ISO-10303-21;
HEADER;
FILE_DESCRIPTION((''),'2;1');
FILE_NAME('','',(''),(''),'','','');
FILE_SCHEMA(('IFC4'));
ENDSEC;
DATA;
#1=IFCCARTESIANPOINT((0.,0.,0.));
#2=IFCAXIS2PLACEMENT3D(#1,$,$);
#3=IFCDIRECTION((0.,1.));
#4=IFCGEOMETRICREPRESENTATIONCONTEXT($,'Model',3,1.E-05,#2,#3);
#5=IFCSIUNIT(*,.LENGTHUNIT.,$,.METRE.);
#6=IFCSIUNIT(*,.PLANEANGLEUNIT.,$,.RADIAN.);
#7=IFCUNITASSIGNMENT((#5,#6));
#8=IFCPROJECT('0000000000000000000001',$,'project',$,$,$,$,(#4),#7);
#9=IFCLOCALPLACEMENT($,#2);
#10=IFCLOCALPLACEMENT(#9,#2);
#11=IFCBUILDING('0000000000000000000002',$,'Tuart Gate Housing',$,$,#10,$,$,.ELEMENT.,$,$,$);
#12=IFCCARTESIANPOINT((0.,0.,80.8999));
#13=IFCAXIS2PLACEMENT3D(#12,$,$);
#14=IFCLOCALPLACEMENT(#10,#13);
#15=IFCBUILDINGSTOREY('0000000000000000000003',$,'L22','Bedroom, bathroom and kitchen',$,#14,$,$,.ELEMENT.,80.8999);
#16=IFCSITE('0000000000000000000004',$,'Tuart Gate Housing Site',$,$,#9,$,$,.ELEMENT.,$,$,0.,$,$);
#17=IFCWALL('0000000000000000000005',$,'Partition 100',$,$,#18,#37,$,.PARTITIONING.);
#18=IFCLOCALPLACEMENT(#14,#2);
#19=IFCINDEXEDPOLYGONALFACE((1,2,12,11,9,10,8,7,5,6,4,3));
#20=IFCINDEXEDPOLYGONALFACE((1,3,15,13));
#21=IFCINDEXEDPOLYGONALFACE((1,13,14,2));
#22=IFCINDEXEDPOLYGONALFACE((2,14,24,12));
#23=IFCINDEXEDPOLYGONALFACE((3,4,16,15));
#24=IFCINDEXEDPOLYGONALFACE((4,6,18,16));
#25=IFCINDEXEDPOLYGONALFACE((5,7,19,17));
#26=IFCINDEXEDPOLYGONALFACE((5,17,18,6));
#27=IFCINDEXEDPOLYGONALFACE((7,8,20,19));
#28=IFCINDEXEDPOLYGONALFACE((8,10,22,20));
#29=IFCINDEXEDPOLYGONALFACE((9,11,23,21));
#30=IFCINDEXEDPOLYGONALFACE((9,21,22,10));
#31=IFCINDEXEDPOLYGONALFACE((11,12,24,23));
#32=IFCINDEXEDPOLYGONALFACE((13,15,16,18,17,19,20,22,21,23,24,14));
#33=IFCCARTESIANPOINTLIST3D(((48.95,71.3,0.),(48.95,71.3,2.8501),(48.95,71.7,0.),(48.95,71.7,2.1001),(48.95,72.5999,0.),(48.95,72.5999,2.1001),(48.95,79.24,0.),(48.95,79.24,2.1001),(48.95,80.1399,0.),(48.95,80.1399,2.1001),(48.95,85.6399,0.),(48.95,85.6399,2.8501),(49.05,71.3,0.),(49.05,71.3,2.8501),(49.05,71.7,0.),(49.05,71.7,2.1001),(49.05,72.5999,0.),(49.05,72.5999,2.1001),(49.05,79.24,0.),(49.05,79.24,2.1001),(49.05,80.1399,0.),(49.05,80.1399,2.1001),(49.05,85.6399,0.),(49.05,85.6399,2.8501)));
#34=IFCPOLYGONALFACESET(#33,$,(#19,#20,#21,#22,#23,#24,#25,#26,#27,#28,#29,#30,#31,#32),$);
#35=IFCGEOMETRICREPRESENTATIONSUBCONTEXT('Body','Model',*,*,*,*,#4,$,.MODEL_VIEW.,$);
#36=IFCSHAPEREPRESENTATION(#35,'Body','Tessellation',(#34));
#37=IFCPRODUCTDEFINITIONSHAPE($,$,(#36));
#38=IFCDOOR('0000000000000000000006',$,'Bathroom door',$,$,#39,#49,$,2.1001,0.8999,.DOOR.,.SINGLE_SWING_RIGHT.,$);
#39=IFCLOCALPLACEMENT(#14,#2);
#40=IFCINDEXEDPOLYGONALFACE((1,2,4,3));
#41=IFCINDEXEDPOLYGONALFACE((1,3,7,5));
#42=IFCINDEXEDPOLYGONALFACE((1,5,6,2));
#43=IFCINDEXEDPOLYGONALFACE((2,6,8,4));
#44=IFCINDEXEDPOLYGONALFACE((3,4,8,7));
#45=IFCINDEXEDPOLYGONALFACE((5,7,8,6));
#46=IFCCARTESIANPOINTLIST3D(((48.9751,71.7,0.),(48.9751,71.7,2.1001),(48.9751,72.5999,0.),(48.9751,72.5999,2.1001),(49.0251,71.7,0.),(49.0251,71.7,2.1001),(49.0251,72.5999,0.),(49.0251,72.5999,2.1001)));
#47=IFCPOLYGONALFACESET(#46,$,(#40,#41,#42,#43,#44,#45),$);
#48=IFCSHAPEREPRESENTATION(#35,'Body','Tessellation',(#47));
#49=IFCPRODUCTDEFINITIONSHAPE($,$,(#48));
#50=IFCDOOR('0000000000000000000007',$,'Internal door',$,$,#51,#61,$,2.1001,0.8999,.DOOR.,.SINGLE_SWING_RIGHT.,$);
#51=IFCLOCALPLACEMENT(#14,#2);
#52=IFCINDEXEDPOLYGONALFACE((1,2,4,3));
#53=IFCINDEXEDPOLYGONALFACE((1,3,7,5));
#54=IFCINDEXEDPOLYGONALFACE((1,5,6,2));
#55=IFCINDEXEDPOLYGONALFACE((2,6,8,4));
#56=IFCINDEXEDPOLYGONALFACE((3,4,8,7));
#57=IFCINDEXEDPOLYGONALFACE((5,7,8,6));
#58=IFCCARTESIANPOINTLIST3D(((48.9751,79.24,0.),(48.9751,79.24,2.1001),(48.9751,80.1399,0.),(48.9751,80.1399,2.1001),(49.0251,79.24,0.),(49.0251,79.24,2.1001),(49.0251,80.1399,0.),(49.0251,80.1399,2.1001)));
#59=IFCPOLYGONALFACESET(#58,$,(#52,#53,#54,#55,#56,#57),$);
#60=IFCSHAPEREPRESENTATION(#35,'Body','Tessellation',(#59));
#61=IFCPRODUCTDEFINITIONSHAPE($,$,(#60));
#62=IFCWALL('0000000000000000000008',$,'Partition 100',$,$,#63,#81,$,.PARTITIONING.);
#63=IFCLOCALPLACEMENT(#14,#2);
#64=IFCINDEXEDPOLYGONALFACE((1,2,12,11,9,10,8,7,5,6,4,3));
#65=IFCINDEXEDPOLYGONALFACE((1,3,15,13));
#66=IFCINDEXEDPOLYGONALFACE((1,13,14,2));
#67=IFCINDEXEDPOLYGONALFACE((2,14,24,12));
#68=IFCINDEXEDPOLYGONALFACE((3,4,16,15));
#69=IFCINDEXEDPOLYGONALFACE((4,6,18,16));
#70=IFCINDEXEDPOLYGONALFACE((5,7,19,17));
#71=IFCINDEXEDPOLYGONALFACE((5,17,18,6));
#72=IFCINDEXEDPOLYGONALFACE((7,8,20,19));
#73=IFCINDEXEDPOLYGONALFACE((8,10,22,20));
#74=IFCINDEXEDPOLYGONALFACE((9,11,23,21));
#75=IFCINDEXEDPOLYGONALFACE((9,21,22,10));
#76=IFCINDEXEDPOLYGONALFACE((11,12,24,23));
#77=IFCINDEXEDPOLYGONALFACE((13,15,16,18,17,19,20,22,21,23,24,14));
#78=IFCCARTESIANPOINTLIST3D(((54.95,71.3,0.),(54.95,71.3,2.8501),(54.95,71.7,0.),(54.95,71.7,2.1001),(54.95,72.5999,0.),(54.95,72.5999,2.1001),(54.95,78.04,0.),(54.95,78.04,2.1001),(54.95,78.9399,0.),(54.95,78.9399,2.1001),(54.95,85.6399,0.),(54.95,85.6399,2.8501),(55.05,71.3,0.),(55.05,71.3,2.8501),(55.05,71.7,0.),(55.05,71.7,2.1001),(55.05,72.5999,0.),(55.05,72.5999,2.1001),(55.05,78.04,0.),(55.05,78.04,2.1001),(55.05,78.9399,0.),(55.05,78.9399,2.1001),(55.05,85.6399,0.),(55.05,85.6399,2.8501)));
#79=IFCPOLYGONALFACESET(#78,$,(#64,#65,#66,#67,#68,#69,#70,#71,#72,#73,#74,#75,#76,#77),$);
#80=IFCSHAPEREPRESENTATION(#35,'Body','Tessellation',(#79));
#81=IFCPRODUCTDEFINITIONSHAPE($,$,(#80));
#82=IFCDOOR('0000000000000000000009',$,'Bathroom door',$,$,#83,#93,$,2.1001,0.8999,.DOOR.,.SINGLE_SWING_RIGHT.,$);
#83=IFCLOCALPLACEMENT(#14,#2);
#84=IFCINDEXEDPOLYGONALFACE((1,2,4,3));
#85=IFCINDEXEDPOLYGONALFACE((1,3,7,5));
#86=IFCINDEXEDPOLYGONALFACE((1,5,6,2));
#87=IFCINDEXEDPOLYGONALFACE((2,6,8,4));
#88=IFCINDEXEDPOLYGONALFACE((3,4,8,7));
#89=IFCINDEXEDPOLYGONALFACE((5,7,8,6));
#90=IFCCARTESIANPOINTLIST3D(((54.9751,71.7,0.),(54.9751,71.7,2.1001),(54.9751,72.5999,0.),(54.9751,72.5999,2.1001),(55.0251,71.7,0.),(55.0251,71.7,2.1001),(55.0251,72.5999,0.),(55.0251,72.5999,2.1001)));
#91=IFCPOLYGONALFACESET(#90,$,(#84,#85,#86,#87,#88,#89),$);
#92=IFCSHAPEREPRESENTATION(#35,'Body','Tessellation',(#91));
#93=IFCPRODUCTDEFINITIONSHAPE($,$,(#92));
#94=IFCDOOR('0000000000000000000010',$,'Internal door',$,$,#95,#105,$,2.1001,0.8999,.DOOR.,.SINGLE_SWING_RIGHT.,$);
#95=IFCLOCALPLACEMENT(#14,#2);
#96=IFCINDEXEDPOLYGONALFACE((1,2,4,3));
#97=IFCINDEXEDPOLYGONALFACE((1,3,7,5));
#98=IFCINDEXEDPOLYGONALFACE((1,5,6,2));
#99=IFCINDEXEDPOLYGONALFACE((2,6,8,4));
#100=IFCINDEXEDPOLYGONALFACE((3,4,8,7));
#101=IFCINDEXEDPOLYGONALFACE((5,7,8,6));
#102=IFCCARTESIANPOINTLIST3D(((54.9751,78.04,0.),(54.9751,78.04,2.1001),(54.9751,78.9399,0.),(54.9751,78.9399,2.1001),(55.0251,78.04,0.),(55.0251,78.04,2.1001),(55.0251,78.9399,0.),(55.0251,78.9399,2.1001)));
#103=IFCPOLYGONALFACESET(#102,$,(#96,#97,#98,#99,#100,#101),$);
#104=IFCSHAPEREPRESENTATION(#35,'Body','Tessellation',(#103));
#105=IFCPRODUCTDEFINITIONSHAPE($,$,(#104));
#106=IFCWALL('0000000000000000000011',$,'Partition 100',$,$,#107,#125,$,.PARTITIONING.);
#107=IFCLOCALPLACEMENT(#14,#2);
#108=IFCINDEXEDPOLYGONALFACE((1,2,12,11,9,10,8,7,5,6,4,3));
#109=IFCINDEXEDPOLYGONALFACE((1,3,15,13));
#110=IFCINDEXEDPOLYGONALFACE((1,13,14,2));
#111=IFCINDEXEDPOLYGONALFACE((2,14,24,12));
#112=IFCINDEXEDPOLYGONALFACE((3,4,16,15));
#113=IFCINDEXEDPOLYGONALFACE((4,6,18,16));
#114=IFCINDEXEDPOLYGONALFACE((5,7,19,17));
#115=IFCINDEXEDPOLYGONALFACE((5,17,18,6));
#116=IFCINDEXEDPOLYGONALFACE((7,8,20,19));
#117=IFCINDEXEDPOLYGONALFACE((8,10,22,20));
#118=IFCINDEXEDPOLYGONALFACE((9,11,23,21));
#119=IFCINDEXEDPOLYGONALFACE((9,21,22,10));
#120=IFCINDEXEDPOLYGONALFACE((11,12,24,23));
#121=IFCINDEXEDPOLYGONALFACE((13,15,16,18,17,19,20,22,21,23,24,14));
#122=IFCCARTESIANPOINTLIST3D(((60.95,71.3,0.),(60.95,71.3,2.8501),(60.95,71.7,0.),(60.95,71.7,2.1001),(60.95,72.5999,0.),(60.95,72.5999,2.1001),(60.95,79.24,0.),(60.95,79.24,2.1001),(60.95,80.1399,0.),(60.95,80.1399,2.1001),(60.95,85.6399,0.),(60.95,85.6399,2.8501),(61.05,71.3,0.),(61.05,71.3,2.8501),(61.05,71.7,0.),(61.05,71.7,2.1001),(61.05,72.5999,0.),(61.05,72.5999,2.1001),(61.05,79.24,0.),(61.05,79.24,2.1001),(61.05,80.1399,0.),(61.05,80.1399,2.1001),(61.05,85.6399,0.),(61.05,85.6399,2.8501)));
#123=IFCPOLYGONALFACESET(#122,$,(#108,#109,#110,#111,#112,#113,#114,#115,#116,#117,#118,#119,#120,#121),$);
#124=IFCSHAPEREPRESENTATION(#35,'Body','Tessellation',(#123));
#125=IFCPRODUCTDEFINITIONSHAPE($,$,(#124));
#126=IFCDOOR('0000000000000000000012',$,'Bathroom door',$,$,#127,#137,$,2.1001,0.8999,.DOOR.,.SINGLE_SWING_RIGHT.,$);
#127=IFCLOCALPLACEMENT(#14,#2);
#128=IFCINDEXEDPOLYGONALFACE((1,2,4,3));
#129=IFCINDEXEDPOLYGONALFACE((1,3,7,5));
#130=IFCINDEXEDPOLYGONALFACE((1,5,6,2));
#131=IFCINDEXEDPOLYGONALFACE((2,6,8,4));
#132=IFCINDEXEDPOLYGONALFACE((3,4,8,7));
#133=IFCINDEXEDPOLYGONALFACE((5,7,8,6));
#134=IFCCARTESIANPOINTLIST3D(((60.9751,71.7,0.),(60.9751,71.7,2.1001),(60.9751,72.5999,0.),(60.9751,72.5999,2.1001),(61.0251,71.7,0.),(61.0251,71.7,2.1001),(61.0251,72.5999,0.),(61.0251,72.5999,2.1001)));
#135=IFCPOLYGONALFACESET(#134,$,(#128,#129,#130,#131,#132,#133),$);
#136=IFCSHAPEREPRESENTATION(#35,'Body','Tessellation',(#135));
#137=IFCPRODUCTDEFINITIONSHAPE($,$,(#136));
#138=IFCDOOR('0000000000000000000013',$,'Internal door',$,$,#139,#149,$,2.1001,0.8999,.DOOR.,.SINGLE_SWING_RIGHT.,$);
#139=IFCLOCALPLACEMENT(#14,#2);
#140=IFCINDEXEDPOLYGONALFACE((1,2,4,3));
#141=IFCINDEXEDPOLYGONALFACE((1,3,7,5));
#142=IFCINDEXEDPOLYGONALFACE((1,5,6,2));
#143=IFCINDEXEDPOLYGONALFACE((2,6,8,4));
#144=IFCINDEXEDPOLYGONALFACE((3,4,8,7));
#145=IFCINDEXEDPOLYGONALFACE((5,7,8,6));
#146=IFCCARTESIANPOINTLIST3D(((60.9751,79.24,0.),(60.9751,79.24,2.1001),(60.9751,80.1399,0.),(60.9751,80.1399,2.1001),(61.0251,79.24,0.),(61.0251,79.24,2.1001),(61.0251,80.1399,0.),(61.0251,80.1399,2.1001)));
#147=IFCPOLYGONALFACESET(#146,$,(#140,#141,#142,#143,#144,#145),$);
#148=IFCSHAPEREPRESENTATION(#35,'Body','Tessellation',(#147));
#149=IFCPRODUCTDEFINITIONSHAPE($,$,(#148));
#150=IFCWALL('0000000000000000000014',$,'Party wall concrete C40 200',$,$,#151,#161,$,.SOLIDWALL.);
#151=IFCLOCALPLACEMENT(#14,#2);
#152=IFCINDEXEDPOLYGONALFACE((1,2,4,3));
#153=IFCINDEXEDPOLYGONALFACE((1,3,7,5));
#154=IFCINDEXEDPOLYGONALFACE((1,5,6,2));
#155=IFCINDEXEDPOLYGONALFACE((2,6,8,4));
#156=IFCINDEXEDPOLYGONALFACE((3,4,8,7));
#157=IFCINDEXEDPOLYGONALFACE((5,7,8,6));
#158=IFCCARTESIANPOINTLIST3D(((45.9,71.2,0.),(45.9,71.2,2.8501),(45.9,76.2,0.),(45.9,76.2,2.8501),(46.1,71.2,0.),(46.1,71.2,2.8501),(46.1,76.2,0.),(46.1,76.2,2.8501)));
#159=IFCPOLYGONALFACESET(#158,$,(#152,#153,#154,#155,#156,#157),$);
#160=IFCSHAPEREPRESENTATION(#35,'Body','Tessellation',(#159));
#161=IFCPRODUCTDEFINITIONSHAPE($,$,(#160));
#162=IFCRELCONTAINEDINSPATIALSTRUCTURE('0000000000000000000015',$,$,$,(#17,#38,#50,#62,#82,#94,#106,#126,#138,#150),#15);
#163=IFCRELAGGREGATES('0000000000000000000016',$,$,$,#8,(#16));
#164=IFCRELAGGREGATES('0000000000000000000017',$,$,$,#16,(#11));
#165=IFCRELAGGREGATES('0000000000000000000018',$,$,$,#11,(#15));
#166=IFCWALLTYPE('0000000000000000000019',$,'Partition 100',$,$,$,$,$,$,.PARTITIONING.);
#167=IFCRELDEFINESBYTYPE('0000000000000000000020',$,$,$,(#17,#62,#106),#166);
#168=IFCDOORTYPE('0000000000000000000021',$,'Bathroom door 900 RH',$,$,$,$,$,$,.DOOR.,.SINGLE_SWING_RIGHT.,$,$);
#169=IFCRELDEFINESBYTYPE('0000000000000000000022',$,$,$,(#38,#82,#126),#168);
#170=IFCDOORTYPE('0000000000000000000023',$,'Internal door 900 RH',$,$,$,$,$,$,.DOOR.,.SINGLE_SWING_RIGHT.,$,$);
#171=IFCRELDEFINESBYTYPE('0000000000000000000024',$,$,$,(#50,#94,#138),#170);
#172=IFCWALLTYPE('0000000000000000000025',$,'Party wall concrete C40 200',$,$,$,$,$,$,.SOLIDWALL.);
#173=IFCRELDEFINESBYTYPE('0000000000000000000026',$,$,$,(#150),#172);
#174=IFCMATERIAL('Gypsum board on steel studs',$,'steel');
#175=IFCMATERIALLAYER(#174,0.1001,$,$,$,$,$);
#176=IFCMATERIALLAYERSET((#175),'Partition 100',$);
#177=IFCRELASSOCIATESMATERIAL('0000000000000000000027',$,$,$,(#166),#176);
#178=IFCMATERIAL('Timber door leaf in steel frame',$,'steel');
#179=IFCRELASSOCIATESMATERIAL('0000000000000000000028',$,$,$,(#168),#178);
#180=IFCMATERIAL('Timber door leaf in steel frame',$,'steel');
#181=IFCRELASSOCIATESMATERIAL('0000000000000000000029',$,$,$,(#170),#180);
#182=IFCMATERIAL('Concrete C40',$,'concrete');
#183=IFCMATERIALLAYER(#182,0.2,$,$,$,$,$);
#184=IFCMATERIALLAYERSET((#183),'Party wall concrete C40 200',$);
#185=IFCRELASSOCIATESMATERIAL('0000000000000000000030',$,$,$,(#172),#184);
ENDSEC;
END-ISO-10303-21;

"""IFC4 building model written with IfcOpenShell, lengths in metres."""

from ifc_helpers import new_model, si_unit, direction, frame, frame_2d, origin, place, context, subcontext, project, spatial, rectangle, extrude, material, layer, layer_set, type_object, element, fill, save


model = new_model("IFC4")

# Units and contexts
model_context = context("Model", 3, precision=1e-05, world=origin(), true_north=direction((0.0, 1.0)))
body_context = subcontext(model_context, "Body", "Model", "MODEL_VIEW")
ifc_project = project(units=[si_unit("LENGTHUNIT", "METRE"), si_unit("PLANEANGLEUNIT", "RADIAN")], contexts=[model_context])

# Site, building, storey
site_placement = place(None, origin())
site = spatial("IfcSite", under=ifc_project, at=site_placement, Name="Tuart Gate Housing Site", CompositionType="ELEMENT", RefElevation=0.0)
building_placement = place(site_placement, origin())
building = spatial("IfcBuilding", under=site, at=building_placement, Name="Tuart Gate Housing", CompositionType="ELEMENT")
storey_placement = place(building_placement, frame((0.0, 0.0, 80.8999)))
storey = spatial("IfcBuildingStorey", under=building, at=storey_placement, Name="L22", Description="Bedroom, bathroom and kitchen", CompositionType="ELEMENT", Elevation=80.8999)

# Shared definitions
ifc_material_1 = material(Name="Gypsum board on steel studs", Category="steel")
ifc_layer_1 = layer(ifc_material_1, 0.1001)
ifc_layer_set_1 = layer_set([ifc_layer_1], Name="Partition 100")
wall_type_1 = type_object("IfcWallType", Name="Partition 100", PredefinedType="PARTITIONING", material=ifc_layer_set_1)

# Walls, openings, doors
wall_1_placement = place(storey_placement, frame((49.0, 71.3, 0.0), z_axis=(0.0, 0.0, 1.0), x_axis=(0.0, 1.0, 0.0)))
wall_1 = element("IfcWall", 1, at=wall_1_placement, inside=storey, type_object=wall_type_1, Name="Partition 100", PredefinedType="PARTITIONING", context=body_context, shape_type="SweptSolid", body=[
    extrude(rectangle(XDim=14.3398, YDim=0.1001, at=frame_2d((7.1699, 0.0))), origin(), (0.0, 0.0, 1.0), 2.8501),
])
opening_1_placement = place(wall_1_placement, frame((7.9399, 0.0, 0.0)))
opening_1 = element("IfcOpeningElement", 2, at=opening_1_placement, cuts=wall_1, PredefinedType="OPENING", context=body_context, shape_type="SweptSolid", body=[
    extrude(rectangle(XDim=0.8999, YDim=2.1001, at=frame_2d((0.45, 1.05))), frame((0.0, 0.0601, 0.0), z_axis=(0.0, -1.0, 0.0), x_axis=(1.0, 0.0, 0.0)), (0.0, 0.0, 1.0), 0.1201),
])
opening_2_placement = place(wall_1_placement, frame((0.3999, 0.0, 0.0)))
opening_2 = element("IfcOpeningElement", 3, at=opening_2_placement, cuts=wall_1, PredefinedType="OPENING", context=body_context, shape_type="SweptSolid", body=[
    extrude(rectangle(XDim=0.8999, YDim=2.1001, at=frame_2d((0.45, 1.05))), frame((0.0, 0.0601, 0.0), z_axis=(0.0, -1.0, 0.0), x_axis=(1.0, 0.0, 0.0)), (0.0, 0.0, 1.0), 0.1201),
])
ifc_material_2 = material(Name="Timber door leaf in steel frame", Category="steel")
door_type_1 = type_object("IfcDoorType", Name="Bathroom door 900 RH", OperationType="SINGLE_SWING_RIGHT", PredefinedType="DOOR", material=ifc_material_2)
door_1_placement = place(opening_2_placement, frame((0.8999, 0.0, 0.0), z_axis=(0.0, 0.0, 1.0), x_axis=(-1.0, 0.0, 0.0)))
door_1 = element("IfcDoor", 4, at=door_1_placement, inside=storey, type_object=door_type_1, Name="Bathroom door", OperationType="SINGLE_SWING_RIGHT", OverallHeight=2.1001, OverallWidth=0.8999, PredefinedType="DOOR", context=body_context, shape_type="SweptSolid", body=[
    extrude(rectangle(XDim=0.8999, YDim=2.1001, at=frame_2d((0.45, 1.05))), frame((0.0, 0.0251, 0.0), z_axis=(0.0, -1.0, 0.0), x_axis=(1.0, 0.0, 0.0)), (0.0, 0.0, 1.0), 0.05),
])
fill(opening_2, door_1)
ifc_material_3 = material(Name="Timber door leaf in steel frame", Category="steel")
door_type_2 = type_object("IfcDoorType", Name="Internal door 900 RH", OperationType="SINGLE_SWING_RIGHT", PredefinedType="DOOR", material=ifc_material_3)
door_2_placement = place(opening_1_placement, frame((0.8999, 0.0, 0.0), z_axis=(0.0, 0.0, 1.0), x_axis=(-1.0, 0.0, 0.0)))
door_2 = element("IfcDoor", 5, at=door_2_placement, inside=storey, type_object=door_type_2, Name="Internal door", OperationType="SINGLE_SWING_RIGHT", OverallHeight=2.1001, OverallWidth=0.8999, PredefinedType="DOOR", context=body_context, shape_type="SweptSolid", body=[
    extrude(rectangle(XDim=0.8999, YDim=2.1001, at=frame_2d((0.45, 1.05))), frame((0.0, 0.0251, 0.0), z_axis=(0.0, -1.0, 0.0), x_axis=(1.0, 0.0, 0.0)), (0.0, 0.0, 1.0), 0.05),
])
fill(opening_1, door_2)
wall_2_placement = place(storey_placement, frame((55.0, 71.3, 0.0), z_axis=(0.0, 0.0, 1.0), x_axis=(0.0, 1.0, 0.0)))
wall_2 = element("IfcWall", 6, at=wall_2_placement, inside=storey, type_object=wall_type_1, Name="Partition 100", PredefinedType="PARTITIONING", context=body_context, shape_type="SweptSolid", body=[
    extrude(rectangle(XDim=14.3398, YDim=0.1001, at=frame_2d((7.1699, 0.0))), origin(), (0.0, 0.0, 1.0), 2.8501),
])
opening_3_placement = place(wall_2_placement, frame((6.74, 0.0, 0.0)))
opening_3 = element("IfcOpeningElement", 7, at=opening_3_placement, cuts=wall_2, PredefinedType="OPENING", context=body_context, shape_type="SweptSolid", body=[
    extrude(rectangle(XDim=0.8999, YDim=2.1001, at=frame_2d((0.45, 1.05))), frame((0.0, 0.0601, 0.0), z_axis=(0.0, -1.0, 0.0), x_axis=(1.0, 0.0, 0.0)), (0.0, 0.0, 1.0), 0.1201),
])
opening_4_placement = place(wall_2_placement, frame((0.3999, 0.0, 0.0)))
opening_4 = element("IfcOpeningElement", 8, at=opening_4_placement, cuts=wall_2, PredefinedType="OPENING", context=body_context, shape_type="SweptSolid", body=[
    extrude(rectangle(XDim=0.8999, YDim=2.1001, at=frame_2d((0.45, 1.05))), frame((0.0, 0.0601, 0.0), z_axis=(0.0, -1.0, 0.0), x_axis=(1.0, 0.0, 0.0)), (0.0, 0.0, 1.0), 0.1201),
])
door_3_placement = place(opening_4_placement, frame((0.8999, 0.0, 0.0), z_axis=(0.0, 0.0, 1.0), x_axis=(-1.0, 0.0, 0.0)))
door_3 = element("IfcDoor", 9, at=door_3_placement, inside=storey, type_object=door_type_1, Name="Bathroom door", OperationType="SINGLE_SWING_RIGHT", OverallHeight=2.1001, OverallWidth=0.8999, PredefinedType="DOOR", context=body_context, shape_type="SweptSolid", body=[
    extrude(rectangle(XDim=0.8999, YDim=2.1001, at=frame_2d((0.45, 1.05))), frame((0.0, 0.0251, 0.0), z_axis=(0.0, -1.0, 0.0), x_axis=(1.0, 0.0, 0.0)), (0.0, 0.0, 1.0), 0.05),
])
fill(opening_4, door_3)
door_4_placement = place(opening_3_placement, frame((0.8999, 0.0, 0.0), z_axis=(0.0, 0.0, 1.0), x_axis=(-1.0, 0.0, 0.0)))
door_4 = element("IfcDoor", 10, at=door_4_placement, inside=storey, type_object=door_type_2, Name="Internal door", OperationType="SINGLE_SWING_RIGHT", OverallHeight=2.1001, OverallWidth=0.8999, PredefinedType="DOOR", context=body_context, shape_type="SweptSolid", body=[
    extrude(rectangle(XDim=0.8999, YDim=2.1001, at=frame_2d((0.45, 1.05))), frame((0.0, 0.0251, 0.0), z_axis=(0.0, -1.0, 0.0), x_axis=(1.0, 0.0, 0.0)), (0.0, 0.0, 1.0), 0.05),
])
fill(opening_3, door_4)
wall_3_placement = place(storey_placement, frame((61.0, 71.3, 0.0), z_axis=(0.0, 0.0, 1.0), x_axis=(0.0, 1.0, 0.0)))
wall_3 = element("IfcWall", 11, at=wall_3_placement, inside=storey, type_object=wall_type_1, Name="Partition 100", PredefinedType="PARTITIONING", context=body_context, shape_type="SweptSolid", body=[
    extrude(rectangle(XDim=14.3398, YDim=0.1001, at=frame_2d((7.1699, 0.0))), origin(), (0.0, 0.0, 1.0), 2.8501),
])
opening_5_placement = place(wall_3_placement, frame((7.9399, 0.0, 0.0)))
opening_5 = element("IfcOpeningElement", 12, at=opening_5_placement, cuts=wall_3, PredefinedType="OPENING", context=body_context, shape_type="SweptSolid", body=[
    extrude(rectangle(XDim=0.8999, YDim=2.1001, at=frame_2d((0.45, 1.05))), frame((0.0, 0.0601, 0.0), z_axis=(0.0, -1.0, 0.0), x_axis=(1.0, 0.0, 0.0)), (0.0, 0.0, 1.0), 0.1201),
])
opening_6_placement = place(wall_3_placement, frame((0.3999, 0.0, 0.0)))
opening_6 = element("IfcOpeningElement", 13, at=opening_6_placement, cuts=wall_3, PredefinedType="OPENING", context=body_context, shape_type="SweptSolid", body=[
    extrude(rectangle(XDim=0.8999, YDim=2.1001, at=frame_2d((0.45, 1.05))), frame((0.0, 0.0601, 0.0), z_axis=(0.0, -1.0, 0.0), x_axis=(1.0, 0.0, 0.0)), (0.0, 0.0, 1.0), 0.1201),
])
door_5_placement = place(opening_6_placement, frame((0.8999, 0.0, 0.0), z_axis=(0.0, 0.0, 1.0), x_axis=(-1.0, 0.0, 0.0)))
door_5 = element("IfcDoor", 14, at=door_5_placement, inside=storey, type_object=door_type_1, Name="Bathroom door", OperationType="SINGLE_SWING_RIGHT", OverallHeight=2.1001, OverallWidth=0.8999, PredefinedType="DOOR", context=body_context, shape_type="SweptSolid", body=[
    extrude(rectangle(XDim=0.8999, YDim=2.1001, at=frame_2d((0.45, 1.05))), frame((0.0, 0.0251, 0.0), z_axis=(0.0, -1.0, 0.0), x_axis=(1.0, 0.0, 0.0)), (0.0, 0.0, 1.0), 0.05),
])
fill(opening_6, door_5)
door_6_placement = place(opening_5_placement, frame((0.8999, 0.0, 0.0), z_axis=(0.0, 0.0, 1.0), x_axis=(-1.0, 0.0, 0.0)))
door_6 = element("IfcDoor", 15, at=door_6_placement, inside=storey, type_object=door_type_2, Name="Internal door", OperationType="SINGLE_SWING_RIGHT", OverallHeight=2.1001, OverallWidth=0.8999, PredefinedType="DOOR", context=body_context, shape_type="SweptSolid", body=[
    extrude(rectangle(XDim=0.8999, YDim=2.1001, at=frame_2d((0.45, 1.05))), frame((0.0, 0.0251, 0.0), z_axis=(0.0, -1.0, 0.0), x_axis=(1.0, 0.0, 0.0)), (0.0, 0.0, 1.0), 0.05),
])
fill(opening_5, door_6)

# Wall
ifc_material_4 = material(Name="Concrete C40", Category="concrete")
ifc_layer_2 = layer(ifc_material_4, 0.2)
ifc_layer_set_2 = layer_set([ifc_layer_2], Name="Party wall concrete C40 200")
wall_type_2 = type_object("IfcWallType", Name="Party wall concrete C40 200", PredefinedType="SOLIDWALL", material=ifc_layer_set_2)
wall_4_placement = place(storey_placement, frame((46.0, 71.2, 0.0), z_axis=(0.0, 0.0, 1.0), x_axis=(0.0, 1.0, 0.0)))
element("IfcWall", 16, at=wall_4_placement, inside=storey, type_object=wall_type_2, Name="Party wall concrete C40 200", PredefinedType="SOLIDWALL", context=body_context, shape_type="SweptSolid", body=[
    extrude(rectangle(XDim=5.0, YDim=0.2, at=frame_2d((2.5, 0.0))), origin(), (0.0, 0.0, 1.0), 2.8501),
])

save(model, "model.ifc")
